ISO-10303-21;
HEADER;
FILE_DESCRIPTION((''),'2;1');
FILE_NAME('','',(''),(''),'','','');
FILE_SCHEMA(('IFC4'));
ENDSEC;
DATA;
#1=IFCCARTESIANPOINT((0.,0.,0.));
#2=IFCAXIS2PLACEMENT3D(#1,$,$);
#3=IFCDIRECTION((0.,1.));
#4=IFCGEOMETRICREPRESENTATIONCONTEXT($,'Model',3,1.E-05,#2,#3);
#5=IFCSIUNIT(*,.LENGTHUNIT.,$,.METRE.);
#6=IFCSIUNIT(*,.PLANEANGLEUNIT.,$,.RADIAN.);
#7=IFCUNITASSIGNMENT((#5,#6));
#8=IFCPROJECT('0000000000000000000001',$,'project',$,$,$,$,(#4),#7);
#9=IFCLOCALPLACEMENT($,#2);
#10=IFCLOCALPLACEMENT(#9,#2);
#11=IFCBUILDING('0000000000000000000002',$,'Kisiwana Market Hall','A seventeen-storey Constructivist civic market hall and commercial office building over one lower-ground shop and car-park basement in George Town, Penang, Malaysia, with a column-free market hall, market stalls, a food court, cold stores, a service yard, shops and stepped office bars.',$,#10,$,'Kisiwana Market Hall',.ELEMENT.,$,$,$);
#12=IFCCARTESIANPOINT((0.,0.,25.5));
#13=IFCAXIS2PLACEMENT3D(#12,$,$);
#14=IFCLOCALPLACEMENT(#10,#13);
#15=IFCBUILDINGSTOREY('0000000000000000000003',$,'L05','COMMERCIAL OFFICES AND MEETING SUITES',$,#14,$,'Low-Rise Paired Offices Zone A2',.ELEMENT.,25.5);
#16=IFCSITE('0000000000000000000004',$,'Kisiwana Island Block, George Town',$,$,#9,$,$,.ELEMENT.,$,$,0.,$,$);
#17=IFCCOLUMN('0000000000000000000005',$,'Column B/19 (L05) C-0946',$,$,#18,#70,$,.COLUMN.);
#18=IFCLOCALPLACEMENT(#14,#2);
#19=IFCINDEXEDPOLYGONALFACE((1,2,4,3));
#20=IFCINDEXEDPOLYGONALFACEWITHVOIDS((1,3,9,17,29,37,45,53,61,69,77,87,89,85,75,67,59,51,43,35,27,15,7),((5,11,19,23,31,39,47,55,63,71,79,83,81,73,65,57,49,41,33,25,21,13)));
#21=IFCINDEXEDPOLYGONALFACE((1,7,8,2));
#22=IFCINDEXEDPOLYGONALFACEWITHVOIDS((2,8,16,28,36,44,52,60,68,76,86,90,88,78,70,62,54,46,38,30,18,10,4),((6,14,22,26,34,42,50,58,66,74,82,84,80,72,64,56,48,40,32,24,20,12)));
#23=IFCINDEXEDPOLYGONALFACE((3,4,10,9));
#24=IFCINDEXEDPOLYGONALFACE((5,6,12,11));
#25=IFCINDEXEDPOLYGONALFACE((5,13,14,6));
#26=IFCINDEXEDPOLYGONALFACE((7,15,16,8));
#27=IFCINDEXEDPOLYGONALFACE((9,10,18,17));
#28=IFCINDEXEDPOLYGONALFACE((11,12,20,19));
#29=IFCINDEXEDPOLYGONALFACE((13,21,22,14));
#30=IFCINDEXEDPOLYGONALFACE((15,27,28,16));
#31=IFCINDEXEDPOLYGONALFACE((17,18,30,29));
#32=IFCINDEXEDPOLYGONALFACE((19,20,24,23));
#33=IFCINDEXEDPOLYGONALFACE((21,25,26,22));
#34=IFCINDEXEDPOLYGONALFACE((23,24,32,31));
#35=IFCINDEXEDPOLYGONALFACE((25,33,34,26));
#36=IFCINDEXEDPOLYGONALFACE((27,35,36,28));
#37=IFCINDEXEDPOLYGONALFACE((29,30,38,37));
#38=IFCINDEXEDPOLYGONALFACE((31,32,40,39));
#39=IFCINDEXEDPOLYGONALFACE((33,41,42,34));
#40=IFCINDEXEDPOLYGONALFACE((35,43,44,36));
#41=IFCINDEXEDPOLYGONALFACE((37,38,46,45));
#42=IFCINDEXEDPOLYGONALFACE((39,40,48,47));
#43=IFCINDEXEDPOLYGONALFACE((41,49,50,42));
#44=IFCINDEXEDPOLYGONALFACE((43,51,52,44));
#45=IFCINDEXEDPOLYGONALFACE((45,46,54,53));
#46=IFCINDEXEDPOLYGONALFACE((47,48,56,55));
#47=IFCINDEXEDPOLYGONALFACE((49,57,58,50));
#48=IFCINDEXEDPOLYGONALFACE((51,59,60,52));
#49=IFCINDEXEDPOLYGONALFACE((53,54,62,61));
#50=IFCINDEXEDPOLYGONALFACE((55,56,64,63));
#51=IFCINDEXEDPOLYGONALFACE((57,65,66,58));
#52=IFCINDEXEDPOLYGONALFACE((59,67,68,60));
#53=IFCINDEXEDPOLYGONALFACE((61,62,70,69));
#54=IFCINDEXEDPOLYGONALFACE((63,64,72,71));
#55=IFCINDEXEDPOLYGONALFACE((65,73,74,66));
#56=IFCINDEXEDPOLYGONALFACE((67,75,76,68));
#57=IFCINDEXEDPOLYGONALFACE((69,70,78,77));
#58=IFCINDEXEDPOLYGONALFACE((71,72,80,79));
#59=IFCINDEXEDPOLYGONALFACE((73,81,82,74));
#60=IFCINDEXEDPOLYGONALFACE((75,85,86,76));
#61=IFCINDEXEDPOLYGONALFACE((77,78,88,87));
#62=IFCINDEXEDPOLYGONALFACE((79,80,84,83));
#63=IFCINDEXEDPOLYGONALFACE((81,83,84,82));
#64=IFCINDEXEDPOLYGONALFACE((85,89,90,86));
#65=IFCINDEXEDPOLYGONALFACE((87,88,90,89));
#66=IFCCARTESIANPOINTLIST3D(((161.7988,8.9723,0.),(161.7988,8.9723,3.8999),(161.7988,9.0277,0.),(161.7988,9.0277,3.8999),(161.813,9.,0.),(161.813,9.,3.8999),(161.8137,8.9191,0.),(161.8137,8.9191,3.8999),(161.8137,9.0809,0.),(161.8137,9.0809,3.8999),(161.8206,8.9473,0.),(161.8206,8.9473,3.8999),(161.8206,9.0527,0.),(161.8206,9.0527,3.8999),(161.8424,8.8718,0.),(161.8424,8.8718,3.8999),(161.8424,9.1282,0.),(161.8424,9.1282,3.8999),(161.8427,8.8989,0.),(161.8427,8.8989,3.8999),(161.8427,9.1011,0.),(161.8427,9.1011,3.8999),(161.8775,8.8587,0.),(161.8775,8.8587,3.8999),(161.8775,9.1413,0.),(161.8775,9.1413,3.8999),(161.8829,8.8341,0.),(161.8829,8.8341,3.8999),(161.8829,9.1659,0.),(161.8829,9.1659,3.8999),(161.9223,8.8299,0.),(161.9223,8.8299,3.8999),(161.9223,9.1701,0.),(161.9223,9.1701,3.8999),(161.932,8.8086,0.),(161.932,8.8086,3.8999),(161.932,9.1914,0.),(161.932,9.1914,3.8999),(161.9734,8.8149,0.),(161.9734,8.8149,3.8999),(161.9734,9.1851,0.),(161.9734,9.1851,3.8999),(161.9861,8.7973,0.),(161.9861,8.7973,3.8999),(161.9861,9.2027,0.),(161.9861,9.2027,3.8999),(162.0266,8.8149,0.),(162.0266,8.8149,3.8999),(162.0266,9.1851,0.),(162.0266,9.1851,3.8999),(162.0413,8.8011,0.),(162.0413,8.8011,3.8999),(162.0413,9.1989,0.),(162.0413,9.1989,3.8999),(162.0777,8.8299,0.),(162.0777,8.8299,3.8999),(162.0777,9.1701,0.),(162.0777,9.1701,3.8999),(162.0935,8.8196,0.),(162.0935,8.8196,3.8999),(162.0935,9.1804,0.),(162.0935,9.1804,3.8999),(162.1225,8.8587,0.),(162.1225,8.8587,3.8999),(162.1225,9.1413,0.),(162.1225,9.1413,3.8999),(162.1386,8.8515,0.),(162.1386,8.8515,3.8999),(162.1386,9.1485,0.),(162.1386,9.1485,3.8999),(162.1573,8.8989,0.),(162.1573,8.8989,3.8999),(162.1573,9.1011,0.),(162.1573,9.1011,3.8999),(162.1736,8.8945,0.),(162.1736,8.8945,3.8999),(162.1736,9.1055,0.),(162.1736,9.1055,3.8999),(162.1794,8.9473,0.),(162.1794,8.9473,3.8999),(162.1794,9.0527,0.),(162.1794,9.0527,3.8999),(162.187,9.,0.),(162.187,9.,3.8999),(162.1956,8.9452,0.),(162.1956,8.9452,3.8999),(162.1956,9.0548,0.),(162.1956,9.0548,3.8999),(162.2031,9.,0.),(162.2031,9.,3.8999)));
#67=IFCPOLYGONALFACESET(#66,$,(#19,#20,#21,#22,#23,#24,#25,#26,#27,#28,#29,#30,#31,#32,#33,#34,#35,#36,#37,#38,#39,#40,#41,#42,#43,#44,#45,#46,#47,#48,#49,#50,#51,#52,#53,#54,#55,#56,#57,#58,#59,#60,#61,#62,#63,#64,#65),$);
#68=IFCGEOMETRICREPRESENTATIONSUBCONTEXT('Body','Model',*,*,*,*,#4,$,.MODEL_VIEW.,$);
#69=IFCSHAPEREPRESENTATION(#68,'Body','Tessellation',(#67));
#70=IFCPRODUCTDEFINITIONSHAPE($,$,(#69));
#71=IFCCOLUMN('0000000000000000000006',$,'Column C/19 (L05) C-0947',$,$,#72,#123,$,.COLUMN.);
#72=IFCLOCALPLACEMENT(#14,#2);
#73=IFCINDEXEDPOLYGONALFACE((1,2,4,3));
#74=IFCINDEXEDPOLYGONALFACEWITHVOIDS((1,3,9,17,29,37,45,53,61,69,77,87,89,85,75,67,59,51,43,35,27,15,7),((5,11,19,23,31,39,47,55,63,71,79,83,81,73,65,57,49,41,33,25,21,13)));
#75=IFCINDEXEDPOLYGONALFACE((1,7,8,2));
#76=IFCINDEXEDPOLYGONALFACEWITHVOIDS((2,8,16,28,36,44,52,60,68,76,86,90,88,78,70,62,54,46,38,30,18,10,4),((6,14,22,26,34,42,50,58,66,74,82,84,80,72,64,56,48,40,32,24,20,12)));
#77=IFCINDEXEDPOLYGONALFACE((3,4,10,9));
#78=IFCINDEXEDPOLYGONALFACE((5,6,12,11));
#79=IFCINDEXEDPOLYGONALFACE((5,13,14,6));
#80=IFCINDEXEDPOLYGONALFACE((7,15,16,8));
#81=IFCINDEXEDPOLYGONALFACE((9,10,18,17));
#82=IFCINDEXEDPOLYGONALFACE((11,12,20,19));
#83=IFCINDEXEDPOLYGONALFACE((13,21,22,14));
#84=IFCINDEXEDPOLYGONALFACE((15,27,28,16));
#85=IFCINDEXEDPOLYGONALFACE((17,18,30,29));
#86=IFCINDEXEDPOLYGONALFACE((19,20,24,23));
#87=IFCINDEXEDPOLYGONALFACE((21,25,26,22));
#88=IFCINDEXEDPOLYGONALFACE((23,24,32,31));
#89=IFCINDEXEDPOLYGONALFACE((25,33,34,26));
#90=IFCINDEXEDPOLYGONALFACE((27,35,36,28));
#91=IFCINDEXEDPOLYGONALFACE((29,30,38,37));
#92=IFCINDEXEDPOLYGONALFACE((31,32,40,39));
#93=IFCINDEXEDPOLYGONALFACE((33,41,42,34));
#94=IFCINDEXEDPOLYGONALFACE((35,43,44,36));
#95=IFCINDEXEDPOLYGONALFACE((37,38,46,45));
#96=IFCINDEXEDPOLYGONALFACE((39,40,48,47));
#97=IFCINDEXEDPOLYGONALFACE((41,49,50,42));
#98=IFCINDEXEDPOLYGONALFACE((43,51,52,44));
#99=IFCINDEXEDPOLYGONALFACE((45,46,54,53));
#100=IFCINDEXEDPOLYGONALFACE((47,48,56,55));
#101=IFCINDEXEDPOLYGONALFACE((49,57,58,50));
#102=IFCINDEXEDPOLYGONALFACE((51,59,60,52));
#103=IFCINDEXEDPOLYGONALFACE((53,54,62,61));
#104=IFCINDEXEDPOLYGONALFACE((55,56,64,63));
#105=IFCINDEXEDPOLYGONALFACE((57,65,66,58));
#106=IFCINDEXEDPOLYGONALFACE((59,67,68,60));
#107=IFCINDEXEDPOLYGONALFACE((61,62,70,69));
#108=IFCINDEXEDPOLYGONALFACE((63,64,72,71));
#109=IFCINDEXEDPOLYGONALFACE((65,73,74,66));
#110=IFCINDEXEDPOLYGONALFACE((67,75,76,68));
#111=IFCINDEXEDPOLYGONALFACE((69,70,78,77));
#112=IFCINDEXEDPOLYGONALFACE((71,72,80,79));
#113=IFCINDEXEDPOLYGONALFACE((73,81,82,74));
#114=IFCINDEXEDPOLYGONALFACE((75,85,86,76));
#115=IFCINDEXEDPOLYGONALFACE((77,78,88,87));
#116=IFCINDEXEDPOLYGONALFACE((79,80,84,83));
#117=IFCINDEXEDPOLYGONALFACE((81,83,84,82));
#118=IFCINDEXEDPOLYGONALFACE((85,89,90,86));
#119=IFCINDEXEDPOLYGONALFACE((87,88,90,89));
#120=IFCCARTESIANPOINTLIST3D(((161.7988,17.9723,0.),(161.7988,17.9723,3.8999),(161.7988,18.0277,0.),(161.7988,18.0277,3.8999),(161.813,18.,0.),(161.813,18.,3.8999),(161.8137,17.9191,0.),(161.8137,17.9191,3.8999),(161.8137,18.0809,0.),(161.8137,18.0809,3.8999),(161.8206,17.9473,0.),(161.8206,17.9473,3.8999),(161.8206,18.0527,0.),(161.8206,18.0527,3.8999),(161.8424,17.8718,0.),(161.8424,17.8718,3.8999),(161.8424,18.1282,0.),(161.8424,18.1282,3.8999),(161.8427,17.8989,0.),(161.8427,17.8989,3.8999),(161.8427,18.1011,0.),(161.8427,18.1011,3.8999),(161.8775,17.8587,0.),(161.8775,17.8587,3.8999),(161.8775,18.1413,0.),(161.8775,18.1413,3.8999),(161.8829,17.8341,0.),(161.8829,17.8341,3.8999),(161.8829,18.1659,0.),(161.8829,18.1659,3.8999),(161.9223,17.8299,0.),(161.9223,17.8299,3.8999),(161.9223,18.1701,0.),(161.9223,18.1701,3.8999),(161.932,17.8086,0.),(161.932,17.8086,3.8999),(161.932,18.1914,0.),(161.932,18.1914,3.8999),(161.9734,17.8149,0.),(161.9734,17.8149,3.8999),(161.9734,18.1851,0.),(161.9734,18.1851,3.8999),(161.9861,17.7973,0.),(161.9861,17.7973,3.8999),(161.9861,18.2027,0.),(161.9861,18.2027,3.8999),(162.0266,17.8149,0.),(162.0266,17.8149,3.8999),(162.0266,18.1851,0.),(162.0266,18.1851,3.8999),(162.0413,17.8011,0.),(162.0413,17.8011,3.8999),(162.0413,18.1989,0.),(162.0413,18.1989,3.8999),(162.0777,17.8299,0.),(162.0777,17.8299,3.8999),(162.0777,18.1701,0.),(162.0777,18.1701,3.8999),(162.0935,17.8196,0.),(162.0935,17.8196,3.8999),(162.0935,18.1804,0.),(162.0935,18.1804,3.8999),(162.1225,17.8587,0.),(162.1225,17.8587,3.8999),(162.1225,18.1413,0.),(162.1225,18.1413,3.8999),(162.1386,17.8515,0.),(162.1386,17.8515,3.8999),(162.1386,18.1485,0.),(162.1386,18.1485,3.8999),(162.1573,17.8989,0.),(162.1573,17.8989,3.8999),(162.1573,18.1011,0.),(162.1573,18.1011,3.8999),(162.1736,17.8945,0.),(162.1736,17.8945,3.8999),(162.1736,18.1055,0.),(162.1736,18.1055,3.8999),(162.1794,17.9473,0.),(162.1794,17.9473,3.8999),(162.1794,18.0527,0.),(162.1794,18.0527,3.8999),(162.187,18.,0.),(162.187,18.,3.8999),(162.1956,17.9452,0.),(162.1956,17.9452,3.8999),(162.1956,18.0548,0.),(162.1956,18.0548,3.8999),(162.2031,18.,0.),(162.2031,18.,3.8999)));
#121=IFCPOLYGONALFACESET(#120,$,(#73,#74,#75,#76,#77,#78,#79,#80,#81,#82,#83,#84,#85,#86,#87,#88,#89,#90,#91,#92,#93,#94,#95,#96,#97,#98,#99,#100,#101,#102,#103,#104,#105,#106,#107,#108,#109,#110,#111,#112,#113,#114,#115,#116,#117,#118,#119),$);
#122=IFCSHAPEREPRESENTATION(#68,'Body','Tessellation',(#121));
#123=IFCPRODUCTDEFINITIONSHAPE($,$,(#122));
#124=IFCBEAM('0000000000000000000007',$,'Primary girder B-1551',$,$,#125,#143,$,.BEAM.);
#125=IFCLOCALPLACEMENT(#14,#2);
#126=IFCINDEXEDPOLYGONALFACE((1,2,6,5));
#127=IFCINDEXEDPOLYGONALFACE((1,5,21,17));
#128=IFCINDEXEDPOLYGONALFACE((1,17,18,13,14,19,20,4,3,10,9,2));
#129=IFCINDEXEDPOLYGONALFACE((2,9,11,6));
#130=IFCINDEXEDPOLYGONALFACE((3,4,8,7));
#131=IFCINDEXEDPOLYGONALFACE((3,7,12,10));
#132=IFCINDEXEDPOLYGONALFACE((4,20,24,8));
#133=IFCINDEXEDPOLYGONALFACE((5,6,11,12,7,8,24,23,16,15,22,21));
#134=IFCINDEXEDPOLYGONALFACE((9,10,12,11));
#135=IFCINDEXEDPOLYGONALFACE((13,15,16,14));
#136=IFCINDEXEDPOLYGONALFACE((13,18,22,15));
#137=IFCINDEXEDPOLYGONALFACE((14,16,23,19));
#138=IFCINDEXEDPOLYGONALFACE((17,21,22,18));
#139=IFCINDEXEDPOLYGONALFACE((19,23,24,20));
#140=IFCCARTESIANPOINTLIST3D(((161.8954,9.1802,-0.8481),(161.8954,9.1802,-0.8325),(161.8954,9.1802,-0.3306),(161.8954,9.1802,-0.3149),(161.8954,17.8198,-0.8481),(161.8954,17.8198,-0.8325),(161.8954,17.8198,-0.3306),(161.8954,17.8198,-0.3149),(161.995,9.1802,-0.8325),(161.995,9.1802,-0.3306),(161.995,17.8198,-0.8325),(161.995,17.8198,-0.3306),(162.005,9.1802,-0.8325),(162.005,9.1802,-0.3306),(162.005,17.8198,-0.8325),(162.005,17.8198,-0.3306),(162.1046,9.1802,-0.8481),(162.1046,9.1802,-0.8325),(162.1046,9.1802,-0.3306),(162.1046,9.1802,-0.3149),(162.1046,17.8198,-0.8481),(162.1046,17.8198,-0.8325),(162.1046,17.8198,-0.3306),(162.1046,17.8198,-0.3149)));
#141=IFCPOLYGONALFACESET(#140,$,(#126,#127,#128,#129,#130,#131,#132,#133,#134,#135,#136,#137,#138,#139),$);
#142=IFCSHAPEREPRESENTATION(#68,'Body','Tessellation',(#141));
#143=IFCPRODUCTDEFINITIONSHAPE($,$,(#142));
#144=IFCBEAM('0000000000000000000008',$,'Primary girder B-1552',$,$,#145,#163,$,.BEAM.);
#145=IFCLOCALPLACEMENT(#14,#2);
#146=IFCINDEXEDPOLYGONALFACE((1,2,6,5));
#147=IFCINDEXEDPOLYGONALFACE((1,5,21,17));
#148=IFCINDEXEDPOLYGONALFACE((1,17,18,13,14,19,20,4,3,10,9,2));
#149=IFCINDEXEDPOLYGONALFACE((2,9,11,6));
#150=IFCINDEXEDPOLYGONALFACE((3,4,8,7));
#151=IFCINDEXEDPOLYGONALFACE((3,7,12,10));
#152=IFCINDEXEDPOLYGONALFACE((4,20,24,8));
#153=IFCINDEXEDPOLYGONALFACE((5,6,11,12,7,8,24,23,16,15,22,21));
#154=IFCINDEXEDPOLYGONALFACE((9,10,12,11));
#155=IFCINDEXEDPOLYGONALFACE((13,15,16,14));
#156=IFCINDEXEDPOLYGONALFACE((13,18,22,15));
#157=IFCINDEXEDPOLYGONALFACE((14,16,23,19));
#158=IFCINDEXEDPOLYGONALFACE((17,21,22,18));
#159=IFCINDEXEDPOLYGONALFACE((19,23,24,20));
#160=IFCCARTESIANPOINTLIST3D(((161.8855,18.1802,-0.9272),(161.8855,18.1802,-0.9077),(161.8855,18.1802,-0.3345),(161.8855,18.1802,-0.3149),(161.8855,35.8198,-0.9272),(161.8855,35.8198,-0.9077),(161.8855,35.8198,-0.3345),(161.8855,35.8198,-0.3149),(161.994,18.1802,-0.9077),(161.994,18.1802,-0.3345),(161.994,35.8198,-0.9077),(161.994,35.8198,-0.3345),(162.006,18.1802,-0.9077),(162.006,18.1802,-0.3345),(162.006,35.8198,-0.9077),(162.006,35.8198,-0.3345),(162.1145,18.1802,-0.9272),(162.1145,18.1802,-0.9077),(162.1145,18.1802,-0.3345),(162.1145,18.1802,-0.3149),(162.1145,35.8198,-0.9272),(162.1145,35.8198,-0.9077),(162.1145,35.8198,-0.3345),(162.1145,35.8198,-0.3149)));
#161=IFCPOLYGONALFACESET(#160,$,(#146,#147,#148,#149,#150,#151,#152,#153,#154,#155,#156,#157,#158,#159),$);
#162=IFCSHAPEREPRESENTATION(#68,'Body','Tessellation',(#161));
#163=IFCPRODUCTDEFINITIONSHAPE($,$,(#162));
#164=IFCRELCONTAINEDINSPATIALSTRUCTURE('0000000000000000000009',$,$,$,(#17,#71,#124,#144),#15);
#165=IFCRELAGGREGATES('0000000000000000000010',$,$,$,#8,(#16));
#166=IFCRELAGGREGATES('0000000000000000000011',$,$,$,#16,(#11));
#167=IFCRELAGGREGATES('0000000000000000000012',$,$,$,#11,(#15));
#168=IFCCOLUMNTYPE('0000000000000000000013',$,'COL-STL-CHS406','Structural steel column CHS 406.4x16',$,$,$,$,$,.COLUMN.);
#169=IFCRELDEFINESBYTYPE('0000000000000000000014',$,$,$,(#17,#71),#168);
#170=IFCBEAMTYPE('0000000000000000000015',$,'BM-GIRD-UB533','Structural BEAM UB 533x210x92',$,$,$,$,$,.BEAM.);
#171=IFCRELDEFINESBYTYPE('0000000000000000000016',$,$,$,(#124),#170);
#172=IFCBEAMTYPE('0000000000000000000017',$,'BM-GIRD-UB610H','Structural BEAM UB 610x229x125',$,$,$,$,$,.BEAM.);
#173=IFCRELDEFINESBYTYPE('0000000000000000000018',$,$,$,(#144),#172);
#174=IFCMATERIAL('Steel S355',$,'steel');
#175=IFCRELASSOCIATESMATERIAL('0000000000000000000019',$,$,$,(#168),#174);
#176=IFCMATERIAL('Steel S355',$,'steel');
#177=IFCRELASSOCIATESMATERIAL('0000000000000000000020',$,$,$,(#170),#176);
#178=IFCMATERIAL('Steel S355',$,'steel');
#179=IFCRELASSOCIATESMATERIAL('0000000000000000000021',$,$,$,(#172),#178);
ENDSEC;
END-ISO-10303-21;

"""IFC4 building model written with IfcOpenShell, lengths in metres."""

from ifc_helpers import new_model, si_unit, direction, frame, origin, origin_2d, place, context, subcontext, project, spatial, hollow_circle, i_section, extrude, material, material_profile, profile_set, type_object, element, save


model = new_model("IFC4")

# Units and contexts
model_context = context("Model", 3, precision=1e-05, world=origin(), true_north=direction((0.0, 1.0)))
body_context = subcontext(model_context, "Body", "Model", "MODEL_VIEW")
ifc_project = project(units=[si_unit("LENGTHUNIT", "METRE"), si_unit("PLANEANGLEUNIT", "RADIAN")], contexts=[model_context])

# Site, building, storey
site_placement = place(None, origin())
site = spatial("IfcSite", under=ifc_project, at=site_placement, Name="Kisiwana Island Block, George Town", CompositionType="ELEMENT", RefElevation=0.0)
building_placement = place(site_placement, origin())
building = spatial("IfcBuilding", under=site, at=building_placement, Name="Kisiwana Market Hall", Description="A seventeen-storey Constructivist civic market hall and commercial office building over one lower-ground shop and car-park basement in George Town, Penang, Malaysia, with a column-free market hall, market stalls, a food court, cold stores, a service yard, shops and stepped office bars.", LongName="Kisiwana Market Hall", CompositionType="ELEMENT")
storey_placement = place(building_placement, frame((0.0, 0.0, 25.5)))
storey = spatial("IfcBuildingStorey", under=building, at=storey_placement, Name="L05", Description="COMMERCIAL OFFICES AND MEETING SUITES", LongName="Low-Rise Paired Offices Zone A2", CompositionType="ELEMENT", Elevation=25.5)

# Columns
ifc_material_1 = material(Name="Steel S355", Category="steel")
ifc_material_profile_1 = material_profile(ifc_material_1, hollow_circle(Radius=0.2031, WallThickness=0.0161, at=origin_2d()), Name="CHS 406.4x16")
ifc_profile_set_1 = profile_set([ifc_material_profile_1], Name="Steel S355")
column_type = type_object("IfcColumnType", Name="COL-STL-CHS406", Description="Structural steel column CHS 406.4x16", PredefinedType="COLUMN", material=ifc_profile_set_1)
for number, where, z_axis, x_axis, name in (
    (1, (162.0, 9.0, 0.0), (0.0, 0.0, 1.0), (1.0, 0.0, 0.0), "Column B/19 (L05) C-0946"),
    (2, (162.0, 18.0, 0.0), (0.0, 0.0, 1.0), (1.0, 0.0, 0.0), "Column C/19 (L05) C-0947"),
):
    element("IfcColumn", number, at=place(storey_placement, frame(where, z_axis=z_axis, x_axis=x_axis)), inside=storey, type_object=column_type, Name=name, PredefinedType="COLUMN", context=body_context, shape_type="SweptSolid", body=[
        extrude(hollow_circle(Radius=0.2031, WallThickness=0.0161, at=origin_2d()), origin(), (0.0, 0.0, 1.0), 3.8999),
    ])

# Beams
ifc_material_2 = material(Name="Steel S355", Category="steel")
ifc_material_profile_2 = material_profile(ifc_material_2, i_section(OverallWidth=0.2092, OverallDepth=0.5332, WebThickness=0.01, FlangeThickness=0.0156, at=origin_2d()), Name="UB 533x210x92")
ifc_profile_set_2 = profile_set([ifc_material_profile_2], Name="Steel S355")
beam_type_1 = type_object("IfcBeamType", Name="BM-GIRD-UB533", Description="Structural BEAM UB 533x210x92", PredefinedType="BEAM", material=ifc_profile_set_2)
beam_1_placement = place(storey_placement, frame((162.0, 9.1802, -0.5815), z_axis=(0.0, 1.0, 0.0), x_axis=(-1.0, 0.0, 0.0)))
element("IfcBeam", 3, at=beam_1_placement, inside=storey, type_object=beam_type_1, Name="Primary girder B-1551", PredefinedType="BEAM", context=body_context, shape_type="SweptSolid", body=[
    extrude(i_section(OverallWidth=0.2092, OverallDepth=0.5332, WebThickness=0.01, FlangeThickness=0.0156, at=origin_2d()), origin(), (0.0, 0.0, 1.0), 8.6396),
])
ifc_material_3 = material(Name="Steel S355", Category="steel")
ifc_material_profile_3 = material_profile(ifc_material_3, i_section(OverallWidth=0.229, OverallDepth=0.6123, WebThickness=0.012, FlangeThickness=0.0195, at=origin_2d()), Name="UB 610x229x125")
ifc_profile_set_3 = profile_set([ifc_material_profile_3], Name="Steel S355")
beam_type_2 = type_object("IfcBeamType", Name="BM-GIRD-UB610H", Description="Structural BEAM UB 610x229x125", PredefinedType="BEAM", material=ifc_profile_set_3)
beam_2_placement = place(storey_placement, frame((162.0, 18.1802, -0.6211), z_axis=(0.0, 1.0, 0.0), x_axis=(-1.0, 0.0, 0.0)))
element("IfcBeam", 4, at=beam_2_placement, inside=storey, type_object=beam_type_2, Name="Primary girder B-1552", PredefinedType="BEAM", context=body_context, shape_type="SweptSolid", body=[
    extrude(i_section(OverallWidth=0.229, OverallDepth=0.6123, WebThickness=0.012, FlangeThickness=0.0195, at=origin_2d()), origin(), (0.0, 0.0, 1.0), 17.6396),
])

save(model, "model.ifc")
